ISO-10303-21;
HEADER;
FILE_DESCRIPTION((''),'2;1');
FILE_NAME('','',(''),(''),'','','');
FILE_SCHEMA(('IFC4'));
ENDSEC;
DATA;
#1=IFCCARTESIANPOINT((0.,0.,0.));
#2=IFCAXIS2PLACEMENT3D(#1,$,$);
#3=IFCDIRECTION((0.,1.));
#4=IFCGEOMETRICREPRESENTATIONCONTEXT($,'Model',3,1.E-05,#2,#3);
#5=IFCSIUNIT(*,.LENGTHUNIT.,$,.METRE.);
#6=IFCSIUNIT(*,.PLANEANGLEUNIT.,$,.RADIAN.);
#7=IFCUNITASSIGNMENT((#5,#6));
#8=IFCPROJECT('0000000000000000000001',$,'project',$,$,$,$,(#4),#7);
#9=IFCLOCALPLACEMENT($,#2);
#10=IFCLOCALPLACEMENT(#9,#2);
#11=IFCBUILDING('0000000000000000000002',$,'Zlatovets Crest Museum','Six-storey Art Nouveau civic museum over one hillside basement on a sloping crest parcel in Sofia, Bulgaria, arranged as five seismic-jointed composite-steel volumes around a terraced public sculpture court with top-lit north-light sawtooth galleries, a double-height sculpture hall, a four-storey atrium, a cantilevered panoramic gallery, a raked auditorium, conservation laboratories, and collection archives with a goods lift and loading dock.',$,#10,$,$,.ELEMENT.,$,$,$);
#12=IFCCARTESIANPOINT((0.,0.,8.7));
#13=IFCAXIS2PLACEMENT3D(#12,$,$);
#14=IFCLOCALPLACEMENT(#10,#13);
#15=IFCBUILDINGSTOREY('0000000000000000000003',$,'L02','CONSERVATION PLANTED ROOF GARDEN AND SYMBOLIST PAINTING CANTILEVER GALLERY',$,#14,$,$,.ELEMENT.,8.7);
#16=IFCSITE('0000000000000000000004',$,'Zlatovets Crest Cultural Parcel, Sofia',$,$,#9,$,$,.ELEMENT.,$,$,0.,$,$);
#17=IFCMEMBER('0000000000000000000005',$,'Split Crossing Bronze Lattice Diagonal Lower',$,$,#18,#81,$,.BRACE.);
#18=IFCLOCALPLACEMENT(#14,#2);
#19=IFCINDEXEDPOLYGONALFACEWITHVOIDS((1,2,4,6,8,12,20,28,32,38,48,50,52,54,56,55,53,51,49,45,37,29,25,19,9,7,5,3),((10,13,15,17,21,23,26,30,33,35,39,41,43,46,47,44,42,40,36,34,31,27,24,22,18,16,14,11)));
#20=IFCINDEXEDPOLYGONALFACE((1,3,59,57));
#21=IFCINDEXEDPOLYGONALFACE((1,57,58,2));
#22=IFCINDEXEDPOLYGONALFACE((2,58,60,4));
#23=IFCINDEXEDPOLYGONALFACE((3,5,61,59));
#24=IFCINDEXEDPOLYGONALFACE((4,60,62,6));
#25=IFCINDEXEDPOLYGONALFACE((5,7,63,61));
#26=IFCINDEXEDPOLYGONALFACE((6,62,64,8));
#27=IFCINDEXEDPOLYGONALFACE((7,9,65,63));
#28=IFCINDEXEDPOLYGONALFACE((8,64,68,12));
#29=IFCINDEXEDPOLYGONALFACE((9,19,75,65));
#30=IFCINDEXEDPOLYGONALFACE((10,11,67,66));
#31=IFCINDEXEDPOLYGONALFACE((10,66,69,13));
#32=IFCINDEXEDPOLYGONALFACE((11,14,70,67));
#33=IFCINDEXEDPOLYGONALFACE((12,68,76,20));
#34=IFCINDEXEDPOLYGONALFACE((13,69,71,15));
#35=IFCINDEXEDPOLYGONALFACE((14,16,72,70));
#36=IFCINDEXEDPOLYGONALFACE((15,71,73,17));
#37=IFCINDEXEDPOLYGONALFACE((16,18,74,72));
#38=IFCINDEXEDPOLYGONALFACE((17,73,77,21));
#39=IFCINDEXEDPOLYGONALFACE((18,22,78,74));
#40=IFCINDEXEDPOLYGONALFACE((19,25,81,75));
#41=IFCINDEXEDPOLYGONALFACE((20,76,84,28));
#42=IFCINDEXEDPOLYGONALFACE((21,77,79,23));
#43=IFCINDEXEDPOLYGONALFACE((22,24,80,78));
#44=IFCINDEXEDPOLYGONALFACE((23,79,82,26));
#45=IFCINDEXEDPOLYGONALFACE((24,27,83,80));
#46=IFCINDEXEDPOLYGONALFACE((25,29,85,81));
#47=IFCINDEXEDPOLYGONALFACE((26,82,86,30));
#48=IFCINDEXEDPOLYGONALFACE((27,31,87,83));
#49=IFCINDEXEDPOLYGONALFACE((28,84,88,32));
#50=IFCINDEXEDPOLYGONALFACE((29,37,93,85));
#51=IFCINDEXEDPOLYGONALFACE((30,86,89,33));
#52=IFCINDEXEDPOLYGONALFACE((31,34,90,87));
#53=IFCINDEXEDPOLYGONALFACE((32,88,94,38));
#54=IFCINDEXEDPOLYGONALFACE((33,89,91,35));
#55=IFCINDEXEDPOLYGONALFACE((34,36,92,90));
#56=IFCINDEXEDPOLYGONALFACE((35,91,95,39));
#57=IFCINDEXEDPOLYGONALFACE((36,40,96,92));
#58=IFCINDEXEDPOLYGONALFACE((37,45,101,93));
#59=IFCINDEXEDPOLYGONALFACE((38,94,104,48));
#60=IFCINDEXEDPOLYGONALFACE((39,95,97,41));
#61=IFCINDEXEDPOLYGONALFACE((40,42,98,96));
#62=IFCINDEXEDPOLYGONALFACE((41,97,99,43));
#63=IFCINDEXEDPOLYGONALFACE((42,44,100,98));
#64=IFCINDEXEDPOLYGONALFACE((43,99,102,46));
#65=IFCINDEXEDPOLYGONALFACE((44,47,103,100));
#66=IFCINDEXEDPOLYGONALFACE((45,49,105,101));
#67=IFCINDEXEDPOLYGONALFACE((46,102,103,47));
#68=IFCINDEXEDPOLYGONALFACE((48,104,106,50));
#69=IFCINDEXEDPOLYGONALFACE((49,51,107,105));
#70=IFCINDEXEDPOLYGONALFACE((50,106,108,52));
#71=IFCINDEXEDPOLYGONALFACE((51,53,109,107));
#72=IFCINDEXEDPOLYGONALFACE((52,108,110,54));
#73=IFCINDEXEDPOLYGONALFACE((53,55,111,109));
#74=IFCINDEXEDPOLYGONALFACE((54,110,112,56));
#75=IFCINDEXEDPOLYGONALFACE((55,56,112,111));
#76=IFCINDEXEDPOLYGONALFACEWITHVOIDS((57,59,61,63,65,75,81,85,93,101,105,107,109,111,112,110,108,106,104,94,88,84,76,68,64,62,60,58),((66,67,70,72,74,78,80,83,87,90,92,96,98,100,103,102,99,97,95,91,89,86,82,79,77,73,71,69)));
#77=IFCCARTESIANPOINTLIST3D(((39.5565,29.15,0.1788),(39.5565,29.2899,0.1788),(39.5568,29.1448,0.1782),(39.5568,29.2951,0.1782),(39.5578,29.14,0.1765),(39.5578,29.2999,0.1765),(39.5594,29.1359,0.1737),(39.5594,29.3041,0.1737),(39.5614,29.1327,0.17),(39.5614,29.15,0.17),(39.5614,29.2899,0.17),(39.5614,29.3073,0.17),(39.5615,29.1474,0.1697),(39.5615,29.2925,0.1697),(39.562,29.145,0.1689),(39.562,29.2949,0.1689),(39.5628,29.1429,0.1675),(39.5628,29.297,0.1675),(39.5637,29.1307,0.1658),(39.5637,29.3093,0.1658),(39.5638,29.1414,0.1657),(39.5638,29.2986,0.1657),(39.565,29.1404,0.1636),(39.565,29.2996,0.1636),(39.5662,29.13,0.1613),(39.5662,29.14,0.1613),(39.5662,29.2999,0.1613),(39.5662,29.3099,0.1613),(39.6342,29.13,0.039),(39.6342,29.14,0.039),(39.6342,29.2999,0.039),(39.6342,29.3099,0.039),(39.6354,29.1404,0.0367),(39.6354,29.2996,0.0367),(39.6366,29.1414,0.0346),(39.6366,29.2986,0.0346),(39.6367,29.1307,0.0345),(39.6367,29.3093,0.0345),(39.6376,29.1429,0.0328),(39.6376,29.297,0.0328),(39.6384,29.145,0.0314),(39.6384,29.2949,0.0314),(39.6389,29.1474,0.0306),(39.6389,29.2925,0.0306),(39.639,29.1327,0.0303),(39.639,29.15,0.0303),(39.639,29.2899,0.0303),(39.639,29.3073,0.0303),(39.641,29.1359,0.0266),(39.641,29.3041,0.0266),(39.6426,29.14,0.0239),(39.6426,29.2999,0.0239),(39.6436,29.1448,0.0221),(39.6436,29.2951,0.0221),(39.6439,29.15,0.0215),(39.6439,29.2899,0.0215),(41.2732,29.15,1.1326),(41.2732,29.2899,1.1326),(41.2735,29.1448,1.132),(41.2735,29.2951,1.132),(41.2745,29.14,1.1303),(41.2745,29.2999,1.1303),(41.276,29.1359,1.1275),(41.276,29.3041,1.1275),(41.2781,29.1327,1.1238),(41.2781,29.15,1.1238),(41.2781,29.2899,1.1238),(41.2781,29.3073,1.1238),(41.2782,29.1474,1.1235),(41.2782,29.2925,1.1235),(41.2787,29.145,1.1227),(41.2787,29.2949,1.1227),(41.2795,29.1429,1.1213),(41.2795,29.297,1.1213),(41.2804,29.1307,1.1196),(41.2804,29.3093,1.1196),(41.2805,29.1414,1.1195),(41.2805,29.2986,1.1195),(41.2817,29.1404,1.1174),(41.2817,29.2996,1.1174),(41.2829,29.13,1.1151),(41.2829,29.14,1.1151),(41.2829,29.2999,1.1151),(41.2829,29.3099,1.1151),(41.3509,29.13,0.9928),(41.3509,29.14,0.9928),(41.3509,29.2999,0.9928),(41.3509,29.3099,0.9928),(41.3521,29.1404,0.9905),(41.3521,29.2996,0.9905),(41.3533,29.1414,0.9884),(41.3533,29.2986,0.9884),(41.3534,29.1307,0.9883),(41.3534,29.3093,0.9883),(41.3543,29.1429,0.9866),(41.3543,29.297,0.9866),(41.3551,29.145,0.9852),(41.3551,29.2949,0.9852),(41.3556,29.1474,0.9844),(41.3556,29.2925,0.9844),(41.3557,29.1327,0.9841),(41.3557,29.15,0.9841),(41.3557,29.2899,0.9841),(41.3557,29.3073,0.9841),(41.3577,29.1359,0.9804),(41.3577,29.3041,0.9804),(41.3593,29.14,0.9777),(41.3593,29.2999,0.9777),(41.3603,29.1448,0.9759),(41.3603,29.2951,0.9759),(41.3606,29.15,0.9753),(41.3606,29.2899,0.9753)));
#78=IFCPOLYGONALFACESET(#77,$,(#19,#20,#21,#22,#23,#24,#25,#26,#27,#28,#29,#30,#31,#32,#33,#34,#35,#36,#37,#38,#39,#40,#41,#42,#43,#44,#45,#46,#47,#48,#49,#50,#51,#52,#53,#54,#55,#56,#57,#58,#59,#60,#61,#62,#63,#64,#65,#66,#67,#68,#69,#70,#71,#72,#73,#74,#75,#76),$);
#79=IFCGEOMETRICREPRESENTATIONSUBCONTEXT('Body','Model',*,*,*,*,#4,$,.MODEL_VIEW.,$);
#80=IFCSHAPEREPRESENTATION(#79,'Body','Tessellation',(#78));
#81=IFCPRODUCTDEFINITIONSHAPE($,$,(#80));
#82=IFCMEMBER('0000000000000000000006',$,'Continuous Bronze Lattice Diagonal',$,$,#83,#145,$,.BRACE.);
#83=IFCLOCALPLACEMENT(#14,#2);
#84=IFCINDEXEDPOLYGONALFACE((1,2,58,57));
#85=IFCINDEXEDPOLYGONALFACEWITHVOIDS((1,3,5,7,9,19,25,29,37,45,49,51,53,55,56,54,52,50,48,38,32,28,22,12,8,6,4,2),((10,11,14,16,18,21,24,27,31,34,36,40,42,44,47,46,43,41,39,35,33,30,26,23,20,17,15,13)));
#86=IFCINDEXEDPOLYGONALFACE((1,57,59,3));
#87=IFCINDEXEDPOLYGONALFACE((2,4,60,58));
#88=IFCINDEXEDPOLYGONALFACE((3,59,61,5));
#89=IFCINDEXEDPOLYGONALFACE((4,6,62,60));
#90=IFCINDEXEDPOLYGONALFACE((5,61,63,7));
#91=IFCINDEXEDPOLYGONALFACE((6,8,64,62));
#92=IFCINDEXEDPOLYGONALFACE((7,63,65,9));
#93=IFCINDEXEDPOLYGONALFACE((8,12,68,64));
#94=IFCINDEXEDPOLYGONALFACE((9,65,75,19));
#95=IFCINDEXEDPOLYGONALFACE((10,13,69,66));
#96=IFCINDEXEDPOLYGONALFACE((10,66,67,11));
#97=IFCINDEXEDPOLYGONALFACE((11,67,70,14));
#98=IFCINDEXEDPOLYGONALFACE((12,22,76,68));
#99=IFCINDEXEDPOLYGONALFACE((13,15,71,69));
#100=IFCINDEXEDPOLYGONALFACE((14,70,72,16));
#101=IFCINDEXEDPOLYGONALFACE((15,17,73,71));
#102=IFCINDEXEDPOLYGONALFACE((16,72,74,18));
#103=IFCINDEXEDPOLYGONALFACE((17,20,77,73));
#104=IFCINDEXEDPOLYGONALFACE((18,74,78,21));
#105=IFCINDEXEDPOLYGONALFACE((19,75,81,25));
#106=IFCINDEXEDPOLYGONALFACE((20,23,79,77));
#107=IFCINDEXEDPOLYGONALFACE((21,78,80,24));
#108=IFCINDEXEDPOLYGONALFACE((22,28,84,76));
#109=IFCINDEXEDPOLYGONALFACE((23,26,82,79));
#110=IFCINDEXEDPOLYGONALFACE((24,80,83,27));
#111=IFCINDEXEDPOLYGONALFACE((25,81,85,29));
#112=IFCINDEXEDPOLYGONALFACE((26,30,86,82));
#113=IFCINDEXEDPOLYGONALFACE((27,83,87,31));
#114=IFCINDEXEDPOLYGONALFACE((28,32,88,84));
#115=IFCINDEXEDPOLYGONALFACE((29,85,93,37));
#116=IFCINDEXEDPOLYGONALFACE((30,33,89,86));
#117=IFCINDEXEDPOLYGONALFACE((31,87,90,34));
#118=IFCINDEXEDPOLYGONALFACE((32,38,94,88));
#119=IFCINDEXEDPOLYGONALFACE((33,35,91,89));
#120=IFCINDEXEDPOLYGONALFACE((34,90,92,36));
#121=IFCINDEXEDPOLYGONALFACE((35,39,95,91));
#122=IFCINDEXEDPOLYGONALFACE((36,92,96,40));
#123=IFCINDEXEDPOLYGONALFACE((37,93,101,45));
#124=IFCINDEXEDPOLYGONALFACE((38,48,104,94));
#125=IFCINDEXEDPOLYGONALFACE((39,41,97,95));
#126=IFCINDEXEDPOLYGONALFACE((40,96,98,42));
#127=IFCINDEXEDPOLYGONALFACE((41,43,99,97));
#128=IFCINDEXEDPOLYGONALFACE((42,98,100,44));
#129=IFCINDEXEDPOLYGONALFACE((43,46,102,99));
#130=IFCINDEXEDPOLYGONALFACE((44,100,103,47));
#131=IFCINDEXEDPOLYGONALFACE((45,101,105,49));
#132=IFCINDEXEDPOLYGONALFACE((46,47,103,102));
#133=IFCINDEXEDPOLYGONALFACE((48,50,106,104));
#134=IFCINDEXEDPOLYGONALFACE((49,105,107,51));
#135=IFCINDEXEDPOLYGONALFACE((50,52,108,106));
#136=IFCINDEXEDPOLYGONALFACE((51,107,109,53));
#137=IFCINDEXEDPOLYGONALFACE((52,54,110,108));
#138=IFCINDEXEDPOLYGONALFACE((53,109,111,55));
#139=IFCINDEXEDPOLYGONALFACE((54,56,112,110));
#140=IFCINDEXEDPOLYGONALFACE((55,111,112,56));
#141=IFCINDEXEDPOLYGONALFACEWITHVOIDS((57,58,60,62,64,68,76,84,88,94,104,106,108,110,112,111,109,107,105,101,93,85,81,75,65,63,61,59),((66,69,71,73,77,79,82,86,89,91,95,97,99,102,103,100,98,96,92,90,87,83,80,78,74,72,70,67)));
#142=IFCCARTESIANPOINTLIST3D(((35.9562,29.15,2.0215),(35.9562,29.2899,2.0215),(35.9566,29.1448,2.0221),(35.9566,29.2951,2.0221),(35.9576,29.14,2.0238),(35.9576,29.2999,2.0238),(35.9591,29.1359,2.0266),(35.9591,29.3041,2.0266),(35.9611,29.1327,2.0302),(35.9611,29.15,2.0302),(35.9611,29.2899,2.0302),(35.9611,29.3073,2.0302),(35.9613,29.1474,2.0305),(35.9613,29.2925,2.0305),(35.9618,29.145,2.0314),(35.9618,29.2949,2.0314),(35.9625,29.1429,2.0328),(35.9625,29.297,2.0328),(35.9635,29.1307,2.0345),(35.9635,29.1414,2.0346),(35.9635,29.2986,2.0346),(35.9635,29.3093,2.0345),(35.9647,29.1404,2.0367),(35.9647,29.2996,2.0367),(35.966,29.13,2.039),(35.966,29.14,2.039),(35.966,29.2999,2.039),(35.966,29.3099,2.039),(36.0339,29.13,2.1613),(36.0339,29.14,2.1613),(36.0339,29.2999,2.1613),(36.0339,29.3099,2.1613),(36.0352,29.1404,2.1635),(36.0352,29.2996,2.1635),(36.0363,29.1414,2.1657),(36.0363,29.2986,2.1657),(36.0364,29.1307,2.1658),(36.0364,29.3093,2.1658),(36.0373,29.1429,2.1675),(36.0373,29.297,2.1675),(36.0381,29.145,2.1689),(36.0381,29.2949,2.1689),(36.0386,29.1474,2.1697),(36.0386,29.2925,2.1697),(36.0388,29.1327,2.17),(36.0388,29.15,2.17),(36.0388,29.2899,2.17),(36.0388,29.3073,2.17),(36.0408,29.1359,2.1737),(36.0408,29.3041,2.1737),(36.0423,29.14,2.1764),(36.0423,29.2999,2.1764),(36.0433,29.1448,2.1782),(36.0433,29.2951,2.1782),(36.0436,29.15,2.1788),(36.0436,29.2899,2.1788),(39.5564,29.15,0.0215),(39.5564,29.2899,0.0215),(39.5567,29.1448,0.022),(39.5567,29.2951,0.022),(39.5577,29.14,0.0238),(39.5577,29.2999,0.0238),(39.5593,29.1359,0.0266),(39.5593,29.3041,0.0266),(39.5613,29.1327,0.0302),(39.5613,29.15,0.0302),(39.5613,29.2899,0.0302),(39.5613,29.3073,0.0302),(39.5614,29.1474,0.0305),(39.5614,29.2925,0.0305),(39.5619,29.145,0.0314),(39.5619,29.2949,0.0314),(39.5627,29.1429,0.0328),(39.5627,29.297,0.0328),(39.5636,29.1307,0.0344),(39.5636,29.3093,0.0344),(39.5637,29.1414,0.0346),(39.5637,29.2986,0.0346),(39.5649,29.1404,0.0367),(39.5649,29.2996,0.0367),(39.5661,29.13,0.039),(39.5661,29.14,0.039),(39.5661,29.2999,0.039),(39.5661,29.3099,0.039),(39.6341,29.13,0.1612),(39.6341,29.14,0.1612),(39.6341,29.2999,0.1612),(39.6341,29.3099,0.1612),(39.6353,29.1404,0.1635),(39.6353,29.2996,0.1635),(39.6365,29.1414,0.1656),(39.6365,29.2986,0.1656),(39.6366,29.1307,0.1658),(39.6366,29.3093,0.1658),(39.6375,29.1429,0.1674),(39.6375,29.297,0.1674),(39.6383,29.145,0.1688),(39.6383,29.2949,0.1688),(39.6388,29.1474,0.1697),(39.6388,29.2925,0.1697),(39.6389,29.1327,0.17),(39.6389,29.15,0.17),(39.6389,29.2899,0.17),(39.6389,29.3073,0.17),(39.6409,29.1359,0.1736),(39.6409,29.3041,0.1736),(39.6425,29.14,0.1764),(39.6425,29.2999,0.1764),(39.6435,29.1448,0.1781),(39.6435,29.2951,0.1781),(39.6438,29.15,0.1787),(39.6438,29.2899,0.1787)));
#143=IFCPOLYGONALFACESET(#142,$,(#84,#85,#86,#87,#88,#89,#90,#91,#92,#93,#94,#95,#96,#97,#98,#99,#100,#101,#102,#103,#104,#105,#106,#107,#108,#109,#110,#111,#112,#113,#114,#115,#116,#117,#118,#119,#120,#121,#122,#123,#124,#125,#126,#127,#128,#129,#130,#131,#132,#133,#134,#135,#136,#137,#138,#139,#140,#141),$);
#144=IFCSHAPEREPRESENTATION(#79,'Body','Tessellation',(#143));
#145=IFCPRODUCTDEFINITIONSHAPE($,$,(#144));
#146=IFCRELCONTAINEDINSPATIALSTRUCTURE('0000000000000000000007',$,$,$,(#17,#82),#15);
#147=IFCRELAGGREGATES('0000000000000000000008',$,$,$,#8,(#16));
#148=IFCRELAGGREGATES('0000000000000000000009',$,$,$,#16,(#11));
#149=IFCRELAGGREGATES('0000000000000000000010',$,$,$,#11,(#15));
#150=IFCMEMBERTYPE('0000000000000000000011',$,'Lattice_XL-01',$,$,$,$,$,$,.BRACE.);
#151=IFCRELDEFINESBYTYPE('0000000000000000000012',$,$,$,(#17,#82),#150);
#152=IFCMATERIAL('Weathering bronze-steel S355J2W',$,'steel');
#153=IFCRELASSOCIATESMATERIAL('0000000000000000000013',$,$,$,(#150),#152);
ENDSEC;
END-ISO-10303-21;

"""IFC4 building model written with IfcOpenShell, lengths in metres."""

from ifc_helpers import new_model, si_unit, direction, frame, origin, origin_2d, place, context, subcontext, project, spatial, hollow_rectangle, extrude, material, material_profile, profile_set, type_object, element, save


model = new_model("IFC4")

# Units and contexts
model_context = context("Model", 3, precision=1e-05, world=origin(), true_north=direction((0.0, 1.0)))
body_context = subcontext(model_context, "Body", "Model", "MODEL_VIEW")
ifc_project = project(units=[si_unit("LENGTHUNIT", "METRE"), si_unit("PLANEANGLEUNIT", "RADIAN")], contexts=[model_context])

# Site, building, storey
site_placement = place(None, origin())
site = spatial("IfcSite", under=ifc_project, at=site_placement, Name="Zlatovets Crest Cultural Parcel, Sofia", CompositionType="ELEMENT", RefElevation=0.0)
building_placement = place(site_placement, origin())
building = spatial("IfcBuilding", under=site, at=building_placement, Name="Zlatovets Crest Museum", Description="Six-storey Art Nouveau civic museum over one hillside basement on a sloping crest parcel in Sofia, Bulgaria, arranged as five seismic-jointed composite-steel volumes around a terraced public sculpture court with top-lit north-light sawtooth galleries, a double-height sculpture hall, a four-storey atrium, a cantilevered panoramic gallery, a raked auditorium, conservation laboratories, and collection archives with a goods lift and loading dock.", CompositionType="ELEMENT")
storey_placement = place(building_placement, frame((0.0, 0.0, 8.7)))
storey = spatial("IfcBuildingStorey", under=building, at=storey_placement, Name="L02", Description="CONSERVATION PLANTED ROOF GARDEN AND SYMBOLIST PAINTING CANTILEVER GALLERY", CompositionType="ELEMENT", Elevation=8.7)

# Members
ifc_material_1 = material(Name="Weathering bronze-steel S355J2W", Category="steel")
ifc_material_profile_1 = material_profile(ifc_material_1, hollow_rectangle(XDim=0.1799, YDim=0.1799, WallThickness=0.01, InnerFilletRadius=0.01, OuterFilletRadius=0.02, at=origin_2d()), Name="SHS 180x180x10.0")
ifc_profile_set_1 = profile_set([ifc_material_profile_1], Name="Weathering bronze-steel S355J2W")
member_type_1 = type_object("IfcMemberType", Name="Lattice_XL-01", PredefinedType="BRACE", material=ifc_profile_set_1)
member_1_placement = place(storey_placement, frame((41.3169, 29.22, 1.054), z_axis=(-0.87414, 0.0, -0.485675), x_axis=(0.0, -1.0, 0.0)))
element("IfcMember", 1, at=member_1_placement, inside=storey, type_object=member_type_1, Name="Split Crossing Bronze Lattice Diagonal Lower", PredefinedType="BRACE", context=body_context, shape_type="SweptSolid", body=[
    extrude(hollow_rectangle(XDim=0.1799, YDim=0.1799, WallThickness=0.01, InnerFilletRadius=0.01, OuterFilletRadius=0.02, at=origin_2d()), origin(), (0.0, 0.0, 1.0), 1.9639),
])
member_2_placement = place(storey_placement, frame((39.6001, 29.22, 0.1001), z_axis=(-0.874163, 0.0, 0.485633), x_axis=(0.0, -1.0, 0.0)))
element("IfcMember", 2, at=member_2_placement, inside=storey, type_object=member_type_1, Name="Continuous Bronze Lattice Diagonal", PredefinedType="BRACE", context=body_context, shape_type="SweptSolid", body=[
    extrude(hollow_rectangle(XDim=0.1799, YDim=0.1799, WallThickness=0.01, InnerFilletRadius=0.01, OuterFilletRadius=0.02, at=origin_2d()), origin(), (0.0, 0.0, 1.0), 4.1184),
])

save(model, "model.ifc")
